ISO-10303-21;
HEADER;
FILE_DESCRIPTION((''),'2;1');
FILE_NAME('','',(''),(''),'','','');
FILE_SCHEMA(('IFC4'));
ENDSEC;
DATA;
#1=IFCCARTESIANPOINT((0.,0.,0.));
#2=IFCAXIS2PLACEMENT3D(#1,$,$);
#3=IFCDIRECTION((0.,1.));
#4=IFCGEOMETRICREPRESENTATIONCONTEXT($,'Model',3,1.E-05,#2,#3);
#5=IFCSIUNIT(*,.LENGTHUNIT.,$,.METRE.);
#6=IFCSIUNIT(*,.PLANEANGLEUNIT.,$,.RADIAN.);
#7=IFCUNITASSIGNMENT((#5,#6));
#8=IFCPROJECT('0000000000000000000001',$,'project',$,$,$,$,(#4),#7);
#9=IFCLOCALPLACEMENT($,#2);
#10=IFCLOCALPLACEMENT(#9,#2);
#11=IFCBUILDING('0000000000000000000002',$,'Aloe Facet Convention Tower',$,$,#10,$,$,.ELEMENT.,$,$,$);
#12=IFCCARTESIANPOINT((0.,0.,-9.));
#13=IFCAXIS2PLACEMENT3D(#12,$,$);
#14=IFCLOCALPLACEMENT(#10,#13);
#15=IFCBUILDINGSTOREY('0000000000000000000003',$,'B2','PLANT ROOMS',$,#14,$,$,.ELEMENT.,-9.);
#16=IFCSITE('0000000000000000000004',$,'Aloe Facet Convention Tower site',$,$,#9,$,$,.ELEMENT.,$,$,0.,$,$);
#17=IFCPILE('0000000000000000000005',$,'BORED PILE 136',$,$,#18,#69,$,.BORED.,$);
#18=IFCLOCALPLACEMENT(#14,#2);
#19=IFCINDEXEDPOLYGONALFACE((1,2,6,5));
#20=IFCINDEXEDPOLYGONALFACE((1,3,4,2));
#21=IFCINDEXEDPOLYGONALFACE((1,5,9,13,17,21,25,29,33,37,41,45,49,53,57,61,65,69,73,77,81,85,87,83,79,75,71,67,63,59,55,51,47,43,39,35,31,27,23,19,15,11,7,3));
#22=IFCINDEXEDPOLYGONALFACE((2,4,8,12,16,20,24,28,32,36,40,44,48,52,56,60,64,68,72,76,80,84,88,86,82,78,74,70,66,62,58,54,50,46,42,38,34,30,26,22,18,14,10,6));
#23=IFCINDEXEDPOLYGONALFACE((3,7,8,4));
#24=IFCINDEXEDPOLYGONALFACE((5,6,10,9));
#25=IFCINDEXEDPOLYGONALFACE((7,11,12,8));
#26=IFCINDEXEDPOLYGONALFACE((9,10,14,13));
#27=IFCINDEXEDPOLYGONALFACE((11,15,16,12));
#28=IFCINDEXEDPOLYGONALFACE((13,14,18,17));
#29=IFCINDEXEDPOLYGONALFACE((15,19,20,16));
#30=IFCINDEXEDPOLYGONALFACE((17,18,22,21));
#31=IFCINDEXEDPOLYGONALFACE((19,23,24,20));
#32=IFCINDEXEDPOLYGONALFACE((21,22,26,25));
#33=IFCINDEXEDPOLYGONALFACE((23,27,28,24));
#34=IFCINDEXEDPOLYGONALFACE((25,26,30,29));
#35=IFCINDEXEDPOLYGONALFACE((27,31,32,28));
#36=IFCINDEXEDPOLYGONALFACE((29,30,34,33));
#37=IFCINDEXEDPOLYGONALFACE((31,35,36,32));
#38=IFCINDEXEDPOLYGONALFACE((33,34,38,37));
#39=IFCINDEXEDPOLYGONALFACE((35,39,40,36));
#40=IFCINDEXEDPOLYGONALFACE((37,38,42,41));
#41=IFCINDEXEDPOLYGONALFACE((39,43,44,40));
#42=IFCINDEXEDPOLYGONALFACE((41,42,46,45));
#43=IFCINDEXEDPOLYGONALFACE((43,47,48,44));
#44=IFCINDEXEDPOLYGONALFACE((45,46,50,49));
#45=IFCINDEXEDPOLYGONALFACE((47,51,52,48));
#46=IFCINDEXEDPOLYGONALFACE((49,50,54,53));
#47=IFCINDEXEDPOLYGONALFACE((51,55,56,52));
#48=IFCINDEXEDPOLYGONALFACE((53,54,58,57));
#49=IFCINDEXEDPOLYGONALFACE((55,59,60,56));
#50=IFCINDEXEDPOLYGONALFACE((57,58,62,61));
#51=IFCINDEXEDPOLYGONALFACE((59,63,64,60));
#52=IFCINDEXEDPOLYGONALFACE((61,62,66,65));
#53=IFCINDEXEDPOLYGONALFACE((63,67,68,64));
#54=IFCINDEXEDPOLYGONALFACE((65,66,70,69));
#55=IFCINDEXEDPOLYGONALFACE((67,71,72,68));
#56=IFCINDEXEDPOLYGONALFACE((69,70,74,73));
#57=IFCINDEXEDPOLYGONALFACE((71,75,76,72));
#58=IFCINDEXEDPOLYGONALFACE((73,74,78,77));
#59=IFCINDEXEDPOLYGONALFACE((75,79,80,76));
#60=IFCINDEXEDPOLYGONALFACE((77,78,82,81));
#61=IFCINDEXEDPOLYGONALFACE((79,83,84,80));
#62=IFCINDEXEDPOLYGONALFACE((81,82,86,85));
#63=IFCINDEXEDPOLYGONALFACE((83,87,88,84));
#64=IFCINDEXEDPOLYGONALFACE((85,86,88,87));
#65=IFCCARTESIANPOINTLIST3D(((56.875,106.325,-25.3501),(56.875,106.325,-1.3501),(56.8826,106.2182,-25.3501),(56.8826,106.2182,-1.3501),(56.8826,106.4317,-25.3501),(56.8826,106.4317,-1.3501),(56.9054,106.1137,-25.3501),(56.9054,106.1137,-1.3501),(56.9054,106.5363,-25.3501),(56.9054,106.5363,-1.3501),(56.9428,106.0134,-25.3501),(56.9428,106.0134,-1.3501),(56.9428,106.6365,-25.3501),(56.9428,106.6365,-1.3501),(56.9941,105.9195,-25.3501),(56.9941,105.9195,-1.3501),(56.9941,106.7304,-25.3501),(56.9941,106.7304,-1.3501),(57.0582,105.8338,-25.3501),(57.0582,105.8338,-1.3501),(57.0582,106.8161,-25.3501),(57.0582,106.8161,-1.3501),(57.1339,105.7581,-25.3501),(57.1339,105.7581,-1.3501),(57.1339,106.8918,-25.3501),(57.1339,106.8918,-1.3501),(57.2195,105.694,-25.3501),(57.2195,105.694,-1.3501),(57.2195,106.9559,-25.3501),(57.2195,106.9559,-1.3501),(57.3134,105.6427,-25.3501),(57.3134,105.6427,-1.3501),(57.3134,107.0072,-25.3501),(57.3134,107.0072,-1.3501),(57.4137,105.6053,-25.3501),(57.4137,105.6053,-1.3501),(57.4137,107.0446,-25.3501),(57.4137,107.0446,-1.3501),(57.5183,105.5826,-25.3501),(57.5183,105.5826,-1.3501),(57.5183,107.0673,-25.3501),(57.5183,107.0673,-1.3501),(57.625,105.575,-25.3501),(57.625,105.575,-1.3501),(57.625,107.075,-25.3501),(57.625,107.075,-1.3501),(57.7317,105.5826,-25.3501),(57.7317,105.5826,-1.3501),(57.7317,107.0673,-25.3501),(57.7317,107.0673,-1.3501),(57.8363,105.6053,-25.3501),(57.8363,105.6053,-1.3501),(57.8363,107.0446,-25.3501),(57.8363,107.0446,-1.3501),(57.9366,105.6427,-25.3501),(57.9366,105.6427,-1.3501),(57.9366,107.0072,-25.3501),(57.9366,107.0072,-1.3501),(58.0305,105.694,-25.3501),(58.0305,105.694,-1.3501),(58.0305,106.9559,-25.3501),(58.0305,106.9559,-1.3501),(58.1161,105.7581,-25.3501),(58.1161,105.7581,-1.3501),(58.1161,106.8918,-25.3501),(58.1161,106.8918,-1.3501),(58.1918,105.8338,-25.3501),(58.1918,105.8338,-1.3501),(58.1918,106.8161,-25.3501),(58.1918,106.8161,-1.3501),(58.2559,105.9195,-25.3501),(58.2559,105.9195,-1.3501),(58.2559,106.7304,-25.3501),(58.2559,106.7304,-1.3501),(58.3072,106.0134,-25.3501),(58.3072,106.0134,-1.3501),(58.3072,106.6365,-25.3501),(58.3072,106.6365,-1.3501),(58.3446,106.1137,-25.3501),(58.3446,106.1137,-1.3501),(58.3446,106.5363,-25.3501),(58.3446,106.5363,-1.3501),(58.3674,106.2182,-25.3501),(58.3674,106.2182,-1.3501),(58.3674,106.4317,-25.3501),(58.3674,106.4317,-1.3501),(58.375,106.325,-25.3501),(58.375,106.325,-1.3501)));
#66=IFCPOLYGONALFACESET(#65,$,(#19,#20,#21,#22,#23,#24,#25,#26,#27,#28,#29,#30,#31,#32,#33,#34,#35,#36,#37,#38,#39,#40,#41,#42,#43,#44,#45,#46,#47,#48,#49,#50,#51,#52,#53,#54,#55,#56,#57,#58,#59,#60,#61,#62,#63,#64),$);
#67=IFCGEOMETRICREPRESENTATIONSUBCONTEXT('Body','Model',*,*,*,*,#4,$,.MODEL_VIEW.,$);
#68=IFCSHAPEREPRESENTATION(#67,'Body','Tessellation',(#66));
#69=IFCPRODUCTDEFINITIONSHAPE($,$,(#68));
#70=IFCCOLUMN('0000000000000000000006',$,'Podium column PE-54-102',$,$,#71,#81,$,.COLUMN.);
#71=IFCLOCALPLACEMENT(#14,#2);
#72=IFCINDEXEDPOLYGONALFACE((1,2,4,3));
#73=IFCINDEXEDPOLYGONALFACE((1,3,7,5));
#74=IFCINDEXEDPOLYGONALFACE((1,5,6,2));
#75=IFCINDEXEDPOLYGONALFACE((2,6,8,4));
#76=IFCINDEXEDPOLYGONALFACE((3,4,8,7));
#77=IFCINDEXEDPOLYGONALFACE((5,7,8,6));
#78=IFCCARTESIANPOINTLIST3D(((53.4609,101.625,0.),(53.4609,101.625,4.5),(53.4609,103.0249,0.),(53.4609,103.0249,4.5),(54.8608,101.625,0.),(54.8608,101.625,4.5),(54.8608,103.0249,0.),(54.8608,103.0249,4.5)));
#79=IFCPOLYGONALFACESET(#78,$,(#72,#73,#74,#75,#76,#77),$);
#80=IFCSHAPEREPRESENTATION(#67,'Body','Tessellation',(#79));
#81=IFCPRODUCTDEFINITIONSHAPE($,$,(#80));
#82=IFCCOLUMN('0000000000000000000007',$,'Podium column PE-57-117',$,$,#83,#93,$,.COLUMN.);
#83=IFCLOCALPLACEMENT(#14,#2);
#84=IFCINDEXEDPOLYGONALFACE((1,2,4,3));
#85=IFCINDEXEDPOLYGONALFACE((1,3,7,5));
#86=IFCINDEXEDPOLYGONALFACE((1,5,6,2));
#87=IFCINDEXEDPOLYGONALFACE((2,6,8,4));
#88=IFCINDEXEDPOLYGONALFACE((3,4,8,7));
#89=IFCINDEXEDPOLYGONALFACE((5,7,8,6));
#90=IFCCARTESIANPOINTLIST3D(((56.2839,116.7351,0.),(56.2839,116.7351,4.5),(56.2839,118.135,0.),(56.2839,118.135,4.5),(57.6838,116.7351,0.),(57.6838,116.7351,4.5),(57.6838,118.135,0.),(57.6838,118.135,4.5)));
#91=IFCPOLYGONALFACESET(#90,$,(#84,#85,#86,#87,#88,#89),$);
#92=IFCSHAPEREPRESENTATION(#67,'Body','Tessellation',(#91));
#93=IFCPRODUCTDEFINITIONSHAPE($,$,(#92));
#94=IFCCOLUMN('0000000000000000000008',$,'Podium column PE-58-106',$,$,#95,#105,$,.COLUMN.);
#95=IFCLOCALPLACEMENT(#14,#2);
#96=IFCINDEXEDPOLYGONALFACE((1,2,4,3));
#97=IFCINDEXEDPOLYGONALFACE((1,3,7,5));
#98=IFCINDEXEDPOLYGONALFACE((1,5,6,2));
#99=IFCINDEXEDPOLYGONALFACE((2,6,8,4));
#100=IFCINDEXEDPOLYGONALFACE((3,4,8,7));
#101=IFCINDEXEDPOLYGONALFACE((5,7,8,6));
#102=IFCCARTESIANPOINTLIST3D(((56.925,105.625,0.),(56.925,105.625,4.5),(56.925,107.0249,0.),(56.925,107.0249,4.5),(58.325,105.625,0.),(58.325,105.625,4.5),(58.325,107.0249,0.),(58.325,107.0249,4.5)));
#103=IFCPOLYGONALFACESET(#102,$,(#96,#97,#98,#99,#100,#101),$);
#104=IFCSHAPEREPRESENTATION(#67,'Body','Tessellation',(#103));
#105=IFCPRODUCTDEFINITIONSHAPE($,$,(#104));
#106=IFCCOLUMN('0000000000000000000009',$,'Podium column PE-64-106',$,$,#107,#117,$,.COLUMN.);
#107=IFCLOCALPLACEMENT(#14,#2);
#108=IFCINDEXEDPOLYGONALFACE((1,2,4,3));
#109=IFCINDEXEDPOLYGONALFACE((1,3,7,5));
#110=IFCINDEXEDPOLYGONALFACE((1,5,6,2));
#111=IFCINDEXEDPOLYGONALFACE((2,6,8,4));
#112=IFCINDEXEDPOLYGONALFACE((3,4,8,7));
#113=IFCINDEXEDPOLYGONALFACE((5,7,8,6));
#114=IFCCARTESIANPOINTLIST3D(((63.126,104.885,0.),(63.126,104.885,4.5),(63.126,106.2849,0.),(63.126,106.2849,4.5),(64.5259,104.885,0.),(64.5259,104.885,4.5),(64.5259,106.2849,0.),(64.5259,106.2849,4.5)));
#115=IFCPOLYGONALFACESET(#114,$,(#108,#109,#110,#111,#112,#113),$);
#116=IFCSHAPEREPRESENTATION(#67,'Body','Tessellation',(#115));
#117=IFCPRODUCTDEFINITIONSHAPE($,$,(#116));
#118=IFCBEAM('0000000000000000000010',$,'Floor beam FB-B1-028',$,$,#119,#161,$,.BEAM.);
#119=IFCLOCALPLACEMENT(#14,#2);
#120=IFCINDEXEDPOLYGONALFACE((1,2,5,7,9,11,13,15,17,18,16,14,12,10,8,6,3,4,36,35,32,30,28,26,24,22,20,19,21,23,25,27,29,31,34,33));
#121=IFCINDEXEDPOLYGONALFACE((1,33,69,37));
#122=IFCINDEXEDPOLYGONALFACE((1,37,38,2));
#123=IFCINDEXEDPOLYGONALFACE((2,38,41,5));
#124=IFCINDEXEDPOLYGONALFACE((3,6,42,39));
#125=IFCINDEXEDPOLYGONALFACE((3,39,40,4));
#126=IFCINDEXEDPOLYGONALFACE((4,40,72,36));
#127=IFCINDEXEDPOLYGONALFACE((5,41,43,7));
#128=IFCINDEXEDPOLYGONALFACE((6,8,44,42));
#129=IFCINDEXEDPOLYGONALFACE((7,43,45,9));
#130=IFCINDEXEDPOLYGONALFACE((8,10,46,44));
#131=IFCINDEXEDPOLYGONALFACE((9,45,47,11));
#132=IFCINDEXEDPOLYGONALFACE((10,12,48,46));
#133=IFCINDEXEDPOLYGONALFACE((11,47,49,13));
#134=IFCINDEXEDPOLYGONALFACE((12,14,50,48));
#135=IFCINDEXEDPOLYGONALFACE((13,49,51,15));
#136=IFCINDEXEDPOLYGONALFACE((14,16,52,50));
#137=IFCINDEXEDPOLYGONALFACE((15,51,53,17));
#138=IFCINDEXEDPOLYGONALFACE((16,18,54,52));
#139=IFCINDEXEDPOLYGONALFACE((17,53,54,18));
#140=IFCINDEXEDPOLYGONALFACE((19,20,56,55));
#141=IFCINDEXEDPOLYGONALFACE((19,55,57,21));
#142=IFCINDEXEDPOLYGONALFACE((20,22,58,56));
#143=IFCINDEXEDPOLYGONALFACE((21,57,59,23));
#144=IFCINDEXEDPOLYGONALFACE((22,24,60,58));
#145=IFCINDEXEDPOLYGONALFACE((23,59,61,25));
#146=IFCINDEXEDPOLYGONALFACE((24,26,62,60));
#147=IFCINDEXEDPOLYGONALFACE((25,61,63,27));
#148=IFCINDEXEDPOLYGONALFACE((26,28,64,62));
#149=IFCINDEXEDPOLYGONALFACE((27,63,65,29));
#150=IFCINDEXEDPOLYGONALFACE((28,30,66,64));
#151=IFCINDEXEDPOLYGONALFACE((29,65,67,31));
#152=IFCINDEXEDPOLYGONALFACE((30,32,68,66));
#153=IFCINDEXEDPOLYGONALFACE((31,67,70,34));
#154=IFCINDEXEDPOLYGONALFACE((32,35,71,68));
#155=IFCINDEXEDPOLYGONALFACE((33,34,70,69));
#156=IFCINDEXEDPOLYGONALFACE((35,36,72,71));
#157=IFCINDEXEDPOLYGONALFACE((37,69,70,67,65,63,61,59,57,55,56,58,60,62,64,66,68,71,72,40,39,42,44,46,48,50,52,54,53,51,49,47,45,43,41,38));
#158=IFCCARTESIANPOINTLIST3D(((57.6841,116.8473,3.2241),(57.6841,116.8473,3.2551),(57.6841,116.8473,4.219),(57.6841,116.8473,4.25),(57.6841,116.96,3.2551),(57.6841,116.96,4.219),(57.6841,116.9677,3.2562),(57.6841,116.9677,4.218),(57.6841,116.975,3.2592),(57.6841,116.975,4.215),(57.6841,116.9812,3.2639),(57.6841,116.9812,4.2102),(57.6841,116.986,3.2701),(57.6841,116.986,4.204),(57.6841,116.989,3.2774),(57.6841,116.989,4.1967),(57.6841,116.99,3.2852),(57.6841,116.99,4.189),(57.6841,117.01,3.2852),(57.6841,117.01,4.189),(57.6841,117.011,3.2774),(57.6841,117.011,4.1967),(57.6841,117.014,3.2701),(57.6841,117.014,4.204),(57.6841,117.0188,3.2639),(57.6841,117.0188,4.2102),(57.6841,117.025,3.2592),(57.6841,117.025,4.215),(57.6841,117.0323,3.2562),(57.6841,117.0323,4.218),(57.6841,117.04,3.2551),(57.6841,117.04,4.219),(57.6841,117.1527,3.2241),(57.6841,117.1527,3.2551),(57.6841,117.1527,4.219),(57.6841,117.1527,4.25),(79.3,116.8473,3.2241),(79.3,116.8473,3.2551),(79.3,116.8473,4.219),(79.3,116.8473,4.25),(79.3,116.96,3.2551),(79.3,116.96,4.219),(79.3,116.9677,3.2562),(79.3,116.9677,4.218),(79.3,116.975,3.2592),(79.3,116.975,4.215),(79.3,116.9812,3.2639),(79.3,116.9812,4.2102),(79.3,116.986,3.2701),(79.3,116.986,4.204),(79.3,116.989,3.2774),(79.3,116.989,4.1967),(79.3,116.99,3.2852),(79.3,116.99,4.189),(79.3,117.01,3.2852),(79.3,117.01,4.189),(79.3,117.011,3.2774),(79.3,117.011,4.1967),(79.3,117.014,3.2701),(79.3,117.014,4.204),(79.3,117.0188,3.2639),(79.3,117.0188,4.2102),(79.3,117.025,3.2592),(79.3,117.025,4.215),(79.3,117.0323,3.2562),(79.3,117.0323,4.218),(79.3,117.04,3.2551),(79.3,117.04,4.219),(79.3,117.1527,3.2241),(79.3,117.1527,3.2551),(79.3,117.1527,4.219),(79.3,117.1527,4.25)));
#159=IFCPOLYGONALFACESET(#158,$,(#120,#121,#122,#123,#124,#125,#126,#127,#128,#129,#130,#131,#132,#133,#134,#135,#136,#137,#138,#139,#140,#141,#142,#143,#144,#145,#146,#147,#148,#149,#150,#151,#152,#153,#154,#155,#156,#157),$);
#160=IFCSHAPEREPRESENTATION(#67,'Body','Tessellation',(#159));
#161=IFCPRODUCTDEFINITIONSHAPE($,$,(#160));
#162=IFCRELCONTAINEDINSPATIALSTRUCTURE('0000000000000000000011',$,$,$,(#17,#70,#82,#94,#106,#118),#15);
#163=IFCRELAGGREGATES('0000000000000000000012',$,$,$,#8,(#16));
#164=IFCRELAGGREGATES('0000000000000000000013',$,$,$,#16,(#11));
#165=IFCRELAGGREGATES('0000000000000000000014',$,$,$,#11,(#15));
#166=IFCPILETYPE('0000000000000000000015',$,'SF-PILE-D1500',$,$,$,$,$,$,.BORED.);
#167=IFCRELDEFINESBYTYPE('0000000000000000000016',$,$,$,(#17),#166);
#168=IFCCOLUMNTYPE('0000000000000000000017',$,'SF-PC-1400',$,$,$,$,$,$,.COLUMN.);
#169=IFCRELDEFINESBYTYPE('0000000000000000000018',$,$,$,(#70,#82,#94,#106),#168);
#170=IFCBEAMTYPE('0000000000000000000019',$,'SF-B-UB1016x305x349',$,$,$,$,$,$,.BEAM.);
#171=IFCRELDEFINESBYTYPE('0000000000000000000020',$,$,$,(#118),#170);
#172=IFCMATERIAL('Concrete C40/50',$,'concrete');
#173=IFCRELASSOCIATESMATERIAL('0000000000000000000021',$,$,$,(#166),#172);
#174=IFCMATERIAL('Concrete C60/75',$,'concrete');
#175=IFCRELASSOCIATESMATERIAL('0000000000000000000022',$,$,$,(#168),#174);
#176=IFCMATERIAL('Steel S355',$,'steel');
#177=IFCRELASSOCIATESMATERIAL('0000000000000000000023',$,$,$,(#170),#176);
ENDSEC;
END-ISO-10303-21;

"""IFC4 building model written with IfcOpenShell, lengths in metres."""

from ifc_helpers import new_model, si_unit, direction, frame, origin, origin_2d, place, context, subcontext, project, spatial, rectangle, circle, i_section, extrude, material, material_profile, profile_set, type_object, element, save


model = new_model("IFC4")

# Units and contexts
model_context = context("Model", 3, precision=1e-05, world=origin(), true_north=direction((0.0, 1.0)))
body_context = subcontext(model_context, "Body", "Model", "MODEL_VIEW")
ifc_project = project(units=[si_unit("LENGTHUNIT", "METRE"), si_unit("PLANEANGLEUNIT", "RADIAN")], contexts=[model_context])

# Site, building, storey
site_placement = place(None, origin())
site = spatial("IfcSite", under=ifc_project, at=site_placement, Name="Aloe Facet Convention Tower site", CompositionType="ELEMENT", RefElevation=0.0)
building_placement = place(site_placement, origin())
building = spatial("IfcBuilding", under=site, at=building_placement, Name="Aloe Facet Convention Tower", CompositionType="ELEMENT")
storey_placement = place(building_placement, frame((0.0, 0.0, -9.0)))
storey = spatial("IfcBuildingStorey", under=building, at=storey_placement, Name="B2", Description="PLANT ROOMS", CompositionType="ELEMENT", Elevation=-9.0)

# Pile
ifc_material_1 = material(Name="Concrete C40/50", Category="concrete")
ifc_material_profile_1 = material_profile(ifc_material_1, circle(Radius=0.75, at=origin_2d()), Name="D1500")
ifc_profile_set_1 = profile_set([ifc_material_profile_1], Name="Concrete C40/50")
pile_type = type_object("IfcPileType", Name="SF-PILE-D1500", PredefinedType="BORED", material=ifc_profile_set_1)
for number, where, z_axis, x_axis, name in (
    (1, (57.625, 106.325, -1.3501), (0.0, 0.0, -1.0), (1.0, 0.0, 0.0), "BORED PILE 136"),
):
    element("IfcPile", number, at=place(storey_placement, frame(where, z_axis=z_axis, x_axis=x_axis)), inside=storey, type_object=pile_type, Name=name, PredefinedType="BORED", context=body_context, shape_type="SweptSolid", body=[
        extrude(circle(Radius=0.75, at=origin_2d()), origin(), (0.0, 0.0, 1.0), 24.0),
    ])

# Columns
ifc_material_2 = material(Name="Concrete C60/75", Category="concrete")
ifc_material_profile_2 = material_profile(ifc_material_2, rectangle(XDim=1.3999, YDim=1.3999, at=origin_2d()), Name="SF-PC-1400")
ifc_profile_set_2 = profile_set([ifc_material_profile_2], Name="Concrete C60/75")
column_type = type_object("IfcColumnType", Name="SF-PC-1400", PredefinedType="COLUMN", material=ifc_profile_set_2)
for number, where, z_axis, x_axis, name in (
    (2, (54.1609, 102.325, 0.0), (0.0, 0.0, 1.0), (1.0, 0.0, 0.0), "Podium column PE-54-102"),
    (3, (56.9839, 117.4351, 0.0), (0.0, 0.0, 1.0), (1.0, 0.0, 0.0), "Podium column PE-57-117"),
    (4, (57.625, 106.325, 0.0), (0.0, 0.0, 1.0), (1.0, 0.0, 0.0), "Podium column PE-58-106"),
    (5, (63.8259, 105.585, 0.0), (0.0, 0.0, 1.0), (1.0, 0.0, 0.0), "Podium column PE-64-106"),
):
    element("IfcColumn", number, at=place(storey_placement, frame(where, z_axis=z_axis, x_axis=x_axis)), inside=storey, type_object=column_type, Name=name, PredefinedType="COLUMN", context=body_context, shape_type="SweptSolid", body=[
        extrude(rectangle(XDim=1.3999, YDim=1.3999, at=origin_2d()), origin(), (0.0, 0.0, 1.0), 4.5),
    ])

# Beam
ifc_material_3 = material(Name="Steel S355", Category="steel")
ifc_material_profile_3 = material_profile(ifc_material_3, i_section(OverallWidth=0.3054, OverallDepth=1.0259, WebThickness=0.02, FlangeThickness=0.031, FilletRadius=0.03, at=origin_2d()), Name="UB 1016x305x349")
ifc_profile_set_3 = profile_set([ifc_material_profile_3], Name="Steel S355")
beam_type_1 = type_object("IfcBeamType", Name="SF-B-UB1016x305x349", PredefinedType="BEAM", material=ifc_profile_set_3)
beam_1_placement = place(storey_placement, frame((57.6841, 117.0, 3.7371), z_axis=(1.0, 0.0, 0.0), x_axis=(0.0, 1.0, 0.0)))
element("IfcBeam", 6, at=beam_1_placement, inside=storey, type_object=beam_type_1, Name="Floor beam FB-B1-028", PredefinedType="BEAM", context=body_context, shape_type="SweptSolid", body=[
    extrude(i_section(OverallWidth=0.3054, OverallDepth=1.0259, WebThickness=0.02, FlangeThickness=0.031, FilletRadius=0.03, at=origin_2d()), origin(), (0.0, 0.0, 1.0), 21.616),
])

save(model, "model.ifc")
